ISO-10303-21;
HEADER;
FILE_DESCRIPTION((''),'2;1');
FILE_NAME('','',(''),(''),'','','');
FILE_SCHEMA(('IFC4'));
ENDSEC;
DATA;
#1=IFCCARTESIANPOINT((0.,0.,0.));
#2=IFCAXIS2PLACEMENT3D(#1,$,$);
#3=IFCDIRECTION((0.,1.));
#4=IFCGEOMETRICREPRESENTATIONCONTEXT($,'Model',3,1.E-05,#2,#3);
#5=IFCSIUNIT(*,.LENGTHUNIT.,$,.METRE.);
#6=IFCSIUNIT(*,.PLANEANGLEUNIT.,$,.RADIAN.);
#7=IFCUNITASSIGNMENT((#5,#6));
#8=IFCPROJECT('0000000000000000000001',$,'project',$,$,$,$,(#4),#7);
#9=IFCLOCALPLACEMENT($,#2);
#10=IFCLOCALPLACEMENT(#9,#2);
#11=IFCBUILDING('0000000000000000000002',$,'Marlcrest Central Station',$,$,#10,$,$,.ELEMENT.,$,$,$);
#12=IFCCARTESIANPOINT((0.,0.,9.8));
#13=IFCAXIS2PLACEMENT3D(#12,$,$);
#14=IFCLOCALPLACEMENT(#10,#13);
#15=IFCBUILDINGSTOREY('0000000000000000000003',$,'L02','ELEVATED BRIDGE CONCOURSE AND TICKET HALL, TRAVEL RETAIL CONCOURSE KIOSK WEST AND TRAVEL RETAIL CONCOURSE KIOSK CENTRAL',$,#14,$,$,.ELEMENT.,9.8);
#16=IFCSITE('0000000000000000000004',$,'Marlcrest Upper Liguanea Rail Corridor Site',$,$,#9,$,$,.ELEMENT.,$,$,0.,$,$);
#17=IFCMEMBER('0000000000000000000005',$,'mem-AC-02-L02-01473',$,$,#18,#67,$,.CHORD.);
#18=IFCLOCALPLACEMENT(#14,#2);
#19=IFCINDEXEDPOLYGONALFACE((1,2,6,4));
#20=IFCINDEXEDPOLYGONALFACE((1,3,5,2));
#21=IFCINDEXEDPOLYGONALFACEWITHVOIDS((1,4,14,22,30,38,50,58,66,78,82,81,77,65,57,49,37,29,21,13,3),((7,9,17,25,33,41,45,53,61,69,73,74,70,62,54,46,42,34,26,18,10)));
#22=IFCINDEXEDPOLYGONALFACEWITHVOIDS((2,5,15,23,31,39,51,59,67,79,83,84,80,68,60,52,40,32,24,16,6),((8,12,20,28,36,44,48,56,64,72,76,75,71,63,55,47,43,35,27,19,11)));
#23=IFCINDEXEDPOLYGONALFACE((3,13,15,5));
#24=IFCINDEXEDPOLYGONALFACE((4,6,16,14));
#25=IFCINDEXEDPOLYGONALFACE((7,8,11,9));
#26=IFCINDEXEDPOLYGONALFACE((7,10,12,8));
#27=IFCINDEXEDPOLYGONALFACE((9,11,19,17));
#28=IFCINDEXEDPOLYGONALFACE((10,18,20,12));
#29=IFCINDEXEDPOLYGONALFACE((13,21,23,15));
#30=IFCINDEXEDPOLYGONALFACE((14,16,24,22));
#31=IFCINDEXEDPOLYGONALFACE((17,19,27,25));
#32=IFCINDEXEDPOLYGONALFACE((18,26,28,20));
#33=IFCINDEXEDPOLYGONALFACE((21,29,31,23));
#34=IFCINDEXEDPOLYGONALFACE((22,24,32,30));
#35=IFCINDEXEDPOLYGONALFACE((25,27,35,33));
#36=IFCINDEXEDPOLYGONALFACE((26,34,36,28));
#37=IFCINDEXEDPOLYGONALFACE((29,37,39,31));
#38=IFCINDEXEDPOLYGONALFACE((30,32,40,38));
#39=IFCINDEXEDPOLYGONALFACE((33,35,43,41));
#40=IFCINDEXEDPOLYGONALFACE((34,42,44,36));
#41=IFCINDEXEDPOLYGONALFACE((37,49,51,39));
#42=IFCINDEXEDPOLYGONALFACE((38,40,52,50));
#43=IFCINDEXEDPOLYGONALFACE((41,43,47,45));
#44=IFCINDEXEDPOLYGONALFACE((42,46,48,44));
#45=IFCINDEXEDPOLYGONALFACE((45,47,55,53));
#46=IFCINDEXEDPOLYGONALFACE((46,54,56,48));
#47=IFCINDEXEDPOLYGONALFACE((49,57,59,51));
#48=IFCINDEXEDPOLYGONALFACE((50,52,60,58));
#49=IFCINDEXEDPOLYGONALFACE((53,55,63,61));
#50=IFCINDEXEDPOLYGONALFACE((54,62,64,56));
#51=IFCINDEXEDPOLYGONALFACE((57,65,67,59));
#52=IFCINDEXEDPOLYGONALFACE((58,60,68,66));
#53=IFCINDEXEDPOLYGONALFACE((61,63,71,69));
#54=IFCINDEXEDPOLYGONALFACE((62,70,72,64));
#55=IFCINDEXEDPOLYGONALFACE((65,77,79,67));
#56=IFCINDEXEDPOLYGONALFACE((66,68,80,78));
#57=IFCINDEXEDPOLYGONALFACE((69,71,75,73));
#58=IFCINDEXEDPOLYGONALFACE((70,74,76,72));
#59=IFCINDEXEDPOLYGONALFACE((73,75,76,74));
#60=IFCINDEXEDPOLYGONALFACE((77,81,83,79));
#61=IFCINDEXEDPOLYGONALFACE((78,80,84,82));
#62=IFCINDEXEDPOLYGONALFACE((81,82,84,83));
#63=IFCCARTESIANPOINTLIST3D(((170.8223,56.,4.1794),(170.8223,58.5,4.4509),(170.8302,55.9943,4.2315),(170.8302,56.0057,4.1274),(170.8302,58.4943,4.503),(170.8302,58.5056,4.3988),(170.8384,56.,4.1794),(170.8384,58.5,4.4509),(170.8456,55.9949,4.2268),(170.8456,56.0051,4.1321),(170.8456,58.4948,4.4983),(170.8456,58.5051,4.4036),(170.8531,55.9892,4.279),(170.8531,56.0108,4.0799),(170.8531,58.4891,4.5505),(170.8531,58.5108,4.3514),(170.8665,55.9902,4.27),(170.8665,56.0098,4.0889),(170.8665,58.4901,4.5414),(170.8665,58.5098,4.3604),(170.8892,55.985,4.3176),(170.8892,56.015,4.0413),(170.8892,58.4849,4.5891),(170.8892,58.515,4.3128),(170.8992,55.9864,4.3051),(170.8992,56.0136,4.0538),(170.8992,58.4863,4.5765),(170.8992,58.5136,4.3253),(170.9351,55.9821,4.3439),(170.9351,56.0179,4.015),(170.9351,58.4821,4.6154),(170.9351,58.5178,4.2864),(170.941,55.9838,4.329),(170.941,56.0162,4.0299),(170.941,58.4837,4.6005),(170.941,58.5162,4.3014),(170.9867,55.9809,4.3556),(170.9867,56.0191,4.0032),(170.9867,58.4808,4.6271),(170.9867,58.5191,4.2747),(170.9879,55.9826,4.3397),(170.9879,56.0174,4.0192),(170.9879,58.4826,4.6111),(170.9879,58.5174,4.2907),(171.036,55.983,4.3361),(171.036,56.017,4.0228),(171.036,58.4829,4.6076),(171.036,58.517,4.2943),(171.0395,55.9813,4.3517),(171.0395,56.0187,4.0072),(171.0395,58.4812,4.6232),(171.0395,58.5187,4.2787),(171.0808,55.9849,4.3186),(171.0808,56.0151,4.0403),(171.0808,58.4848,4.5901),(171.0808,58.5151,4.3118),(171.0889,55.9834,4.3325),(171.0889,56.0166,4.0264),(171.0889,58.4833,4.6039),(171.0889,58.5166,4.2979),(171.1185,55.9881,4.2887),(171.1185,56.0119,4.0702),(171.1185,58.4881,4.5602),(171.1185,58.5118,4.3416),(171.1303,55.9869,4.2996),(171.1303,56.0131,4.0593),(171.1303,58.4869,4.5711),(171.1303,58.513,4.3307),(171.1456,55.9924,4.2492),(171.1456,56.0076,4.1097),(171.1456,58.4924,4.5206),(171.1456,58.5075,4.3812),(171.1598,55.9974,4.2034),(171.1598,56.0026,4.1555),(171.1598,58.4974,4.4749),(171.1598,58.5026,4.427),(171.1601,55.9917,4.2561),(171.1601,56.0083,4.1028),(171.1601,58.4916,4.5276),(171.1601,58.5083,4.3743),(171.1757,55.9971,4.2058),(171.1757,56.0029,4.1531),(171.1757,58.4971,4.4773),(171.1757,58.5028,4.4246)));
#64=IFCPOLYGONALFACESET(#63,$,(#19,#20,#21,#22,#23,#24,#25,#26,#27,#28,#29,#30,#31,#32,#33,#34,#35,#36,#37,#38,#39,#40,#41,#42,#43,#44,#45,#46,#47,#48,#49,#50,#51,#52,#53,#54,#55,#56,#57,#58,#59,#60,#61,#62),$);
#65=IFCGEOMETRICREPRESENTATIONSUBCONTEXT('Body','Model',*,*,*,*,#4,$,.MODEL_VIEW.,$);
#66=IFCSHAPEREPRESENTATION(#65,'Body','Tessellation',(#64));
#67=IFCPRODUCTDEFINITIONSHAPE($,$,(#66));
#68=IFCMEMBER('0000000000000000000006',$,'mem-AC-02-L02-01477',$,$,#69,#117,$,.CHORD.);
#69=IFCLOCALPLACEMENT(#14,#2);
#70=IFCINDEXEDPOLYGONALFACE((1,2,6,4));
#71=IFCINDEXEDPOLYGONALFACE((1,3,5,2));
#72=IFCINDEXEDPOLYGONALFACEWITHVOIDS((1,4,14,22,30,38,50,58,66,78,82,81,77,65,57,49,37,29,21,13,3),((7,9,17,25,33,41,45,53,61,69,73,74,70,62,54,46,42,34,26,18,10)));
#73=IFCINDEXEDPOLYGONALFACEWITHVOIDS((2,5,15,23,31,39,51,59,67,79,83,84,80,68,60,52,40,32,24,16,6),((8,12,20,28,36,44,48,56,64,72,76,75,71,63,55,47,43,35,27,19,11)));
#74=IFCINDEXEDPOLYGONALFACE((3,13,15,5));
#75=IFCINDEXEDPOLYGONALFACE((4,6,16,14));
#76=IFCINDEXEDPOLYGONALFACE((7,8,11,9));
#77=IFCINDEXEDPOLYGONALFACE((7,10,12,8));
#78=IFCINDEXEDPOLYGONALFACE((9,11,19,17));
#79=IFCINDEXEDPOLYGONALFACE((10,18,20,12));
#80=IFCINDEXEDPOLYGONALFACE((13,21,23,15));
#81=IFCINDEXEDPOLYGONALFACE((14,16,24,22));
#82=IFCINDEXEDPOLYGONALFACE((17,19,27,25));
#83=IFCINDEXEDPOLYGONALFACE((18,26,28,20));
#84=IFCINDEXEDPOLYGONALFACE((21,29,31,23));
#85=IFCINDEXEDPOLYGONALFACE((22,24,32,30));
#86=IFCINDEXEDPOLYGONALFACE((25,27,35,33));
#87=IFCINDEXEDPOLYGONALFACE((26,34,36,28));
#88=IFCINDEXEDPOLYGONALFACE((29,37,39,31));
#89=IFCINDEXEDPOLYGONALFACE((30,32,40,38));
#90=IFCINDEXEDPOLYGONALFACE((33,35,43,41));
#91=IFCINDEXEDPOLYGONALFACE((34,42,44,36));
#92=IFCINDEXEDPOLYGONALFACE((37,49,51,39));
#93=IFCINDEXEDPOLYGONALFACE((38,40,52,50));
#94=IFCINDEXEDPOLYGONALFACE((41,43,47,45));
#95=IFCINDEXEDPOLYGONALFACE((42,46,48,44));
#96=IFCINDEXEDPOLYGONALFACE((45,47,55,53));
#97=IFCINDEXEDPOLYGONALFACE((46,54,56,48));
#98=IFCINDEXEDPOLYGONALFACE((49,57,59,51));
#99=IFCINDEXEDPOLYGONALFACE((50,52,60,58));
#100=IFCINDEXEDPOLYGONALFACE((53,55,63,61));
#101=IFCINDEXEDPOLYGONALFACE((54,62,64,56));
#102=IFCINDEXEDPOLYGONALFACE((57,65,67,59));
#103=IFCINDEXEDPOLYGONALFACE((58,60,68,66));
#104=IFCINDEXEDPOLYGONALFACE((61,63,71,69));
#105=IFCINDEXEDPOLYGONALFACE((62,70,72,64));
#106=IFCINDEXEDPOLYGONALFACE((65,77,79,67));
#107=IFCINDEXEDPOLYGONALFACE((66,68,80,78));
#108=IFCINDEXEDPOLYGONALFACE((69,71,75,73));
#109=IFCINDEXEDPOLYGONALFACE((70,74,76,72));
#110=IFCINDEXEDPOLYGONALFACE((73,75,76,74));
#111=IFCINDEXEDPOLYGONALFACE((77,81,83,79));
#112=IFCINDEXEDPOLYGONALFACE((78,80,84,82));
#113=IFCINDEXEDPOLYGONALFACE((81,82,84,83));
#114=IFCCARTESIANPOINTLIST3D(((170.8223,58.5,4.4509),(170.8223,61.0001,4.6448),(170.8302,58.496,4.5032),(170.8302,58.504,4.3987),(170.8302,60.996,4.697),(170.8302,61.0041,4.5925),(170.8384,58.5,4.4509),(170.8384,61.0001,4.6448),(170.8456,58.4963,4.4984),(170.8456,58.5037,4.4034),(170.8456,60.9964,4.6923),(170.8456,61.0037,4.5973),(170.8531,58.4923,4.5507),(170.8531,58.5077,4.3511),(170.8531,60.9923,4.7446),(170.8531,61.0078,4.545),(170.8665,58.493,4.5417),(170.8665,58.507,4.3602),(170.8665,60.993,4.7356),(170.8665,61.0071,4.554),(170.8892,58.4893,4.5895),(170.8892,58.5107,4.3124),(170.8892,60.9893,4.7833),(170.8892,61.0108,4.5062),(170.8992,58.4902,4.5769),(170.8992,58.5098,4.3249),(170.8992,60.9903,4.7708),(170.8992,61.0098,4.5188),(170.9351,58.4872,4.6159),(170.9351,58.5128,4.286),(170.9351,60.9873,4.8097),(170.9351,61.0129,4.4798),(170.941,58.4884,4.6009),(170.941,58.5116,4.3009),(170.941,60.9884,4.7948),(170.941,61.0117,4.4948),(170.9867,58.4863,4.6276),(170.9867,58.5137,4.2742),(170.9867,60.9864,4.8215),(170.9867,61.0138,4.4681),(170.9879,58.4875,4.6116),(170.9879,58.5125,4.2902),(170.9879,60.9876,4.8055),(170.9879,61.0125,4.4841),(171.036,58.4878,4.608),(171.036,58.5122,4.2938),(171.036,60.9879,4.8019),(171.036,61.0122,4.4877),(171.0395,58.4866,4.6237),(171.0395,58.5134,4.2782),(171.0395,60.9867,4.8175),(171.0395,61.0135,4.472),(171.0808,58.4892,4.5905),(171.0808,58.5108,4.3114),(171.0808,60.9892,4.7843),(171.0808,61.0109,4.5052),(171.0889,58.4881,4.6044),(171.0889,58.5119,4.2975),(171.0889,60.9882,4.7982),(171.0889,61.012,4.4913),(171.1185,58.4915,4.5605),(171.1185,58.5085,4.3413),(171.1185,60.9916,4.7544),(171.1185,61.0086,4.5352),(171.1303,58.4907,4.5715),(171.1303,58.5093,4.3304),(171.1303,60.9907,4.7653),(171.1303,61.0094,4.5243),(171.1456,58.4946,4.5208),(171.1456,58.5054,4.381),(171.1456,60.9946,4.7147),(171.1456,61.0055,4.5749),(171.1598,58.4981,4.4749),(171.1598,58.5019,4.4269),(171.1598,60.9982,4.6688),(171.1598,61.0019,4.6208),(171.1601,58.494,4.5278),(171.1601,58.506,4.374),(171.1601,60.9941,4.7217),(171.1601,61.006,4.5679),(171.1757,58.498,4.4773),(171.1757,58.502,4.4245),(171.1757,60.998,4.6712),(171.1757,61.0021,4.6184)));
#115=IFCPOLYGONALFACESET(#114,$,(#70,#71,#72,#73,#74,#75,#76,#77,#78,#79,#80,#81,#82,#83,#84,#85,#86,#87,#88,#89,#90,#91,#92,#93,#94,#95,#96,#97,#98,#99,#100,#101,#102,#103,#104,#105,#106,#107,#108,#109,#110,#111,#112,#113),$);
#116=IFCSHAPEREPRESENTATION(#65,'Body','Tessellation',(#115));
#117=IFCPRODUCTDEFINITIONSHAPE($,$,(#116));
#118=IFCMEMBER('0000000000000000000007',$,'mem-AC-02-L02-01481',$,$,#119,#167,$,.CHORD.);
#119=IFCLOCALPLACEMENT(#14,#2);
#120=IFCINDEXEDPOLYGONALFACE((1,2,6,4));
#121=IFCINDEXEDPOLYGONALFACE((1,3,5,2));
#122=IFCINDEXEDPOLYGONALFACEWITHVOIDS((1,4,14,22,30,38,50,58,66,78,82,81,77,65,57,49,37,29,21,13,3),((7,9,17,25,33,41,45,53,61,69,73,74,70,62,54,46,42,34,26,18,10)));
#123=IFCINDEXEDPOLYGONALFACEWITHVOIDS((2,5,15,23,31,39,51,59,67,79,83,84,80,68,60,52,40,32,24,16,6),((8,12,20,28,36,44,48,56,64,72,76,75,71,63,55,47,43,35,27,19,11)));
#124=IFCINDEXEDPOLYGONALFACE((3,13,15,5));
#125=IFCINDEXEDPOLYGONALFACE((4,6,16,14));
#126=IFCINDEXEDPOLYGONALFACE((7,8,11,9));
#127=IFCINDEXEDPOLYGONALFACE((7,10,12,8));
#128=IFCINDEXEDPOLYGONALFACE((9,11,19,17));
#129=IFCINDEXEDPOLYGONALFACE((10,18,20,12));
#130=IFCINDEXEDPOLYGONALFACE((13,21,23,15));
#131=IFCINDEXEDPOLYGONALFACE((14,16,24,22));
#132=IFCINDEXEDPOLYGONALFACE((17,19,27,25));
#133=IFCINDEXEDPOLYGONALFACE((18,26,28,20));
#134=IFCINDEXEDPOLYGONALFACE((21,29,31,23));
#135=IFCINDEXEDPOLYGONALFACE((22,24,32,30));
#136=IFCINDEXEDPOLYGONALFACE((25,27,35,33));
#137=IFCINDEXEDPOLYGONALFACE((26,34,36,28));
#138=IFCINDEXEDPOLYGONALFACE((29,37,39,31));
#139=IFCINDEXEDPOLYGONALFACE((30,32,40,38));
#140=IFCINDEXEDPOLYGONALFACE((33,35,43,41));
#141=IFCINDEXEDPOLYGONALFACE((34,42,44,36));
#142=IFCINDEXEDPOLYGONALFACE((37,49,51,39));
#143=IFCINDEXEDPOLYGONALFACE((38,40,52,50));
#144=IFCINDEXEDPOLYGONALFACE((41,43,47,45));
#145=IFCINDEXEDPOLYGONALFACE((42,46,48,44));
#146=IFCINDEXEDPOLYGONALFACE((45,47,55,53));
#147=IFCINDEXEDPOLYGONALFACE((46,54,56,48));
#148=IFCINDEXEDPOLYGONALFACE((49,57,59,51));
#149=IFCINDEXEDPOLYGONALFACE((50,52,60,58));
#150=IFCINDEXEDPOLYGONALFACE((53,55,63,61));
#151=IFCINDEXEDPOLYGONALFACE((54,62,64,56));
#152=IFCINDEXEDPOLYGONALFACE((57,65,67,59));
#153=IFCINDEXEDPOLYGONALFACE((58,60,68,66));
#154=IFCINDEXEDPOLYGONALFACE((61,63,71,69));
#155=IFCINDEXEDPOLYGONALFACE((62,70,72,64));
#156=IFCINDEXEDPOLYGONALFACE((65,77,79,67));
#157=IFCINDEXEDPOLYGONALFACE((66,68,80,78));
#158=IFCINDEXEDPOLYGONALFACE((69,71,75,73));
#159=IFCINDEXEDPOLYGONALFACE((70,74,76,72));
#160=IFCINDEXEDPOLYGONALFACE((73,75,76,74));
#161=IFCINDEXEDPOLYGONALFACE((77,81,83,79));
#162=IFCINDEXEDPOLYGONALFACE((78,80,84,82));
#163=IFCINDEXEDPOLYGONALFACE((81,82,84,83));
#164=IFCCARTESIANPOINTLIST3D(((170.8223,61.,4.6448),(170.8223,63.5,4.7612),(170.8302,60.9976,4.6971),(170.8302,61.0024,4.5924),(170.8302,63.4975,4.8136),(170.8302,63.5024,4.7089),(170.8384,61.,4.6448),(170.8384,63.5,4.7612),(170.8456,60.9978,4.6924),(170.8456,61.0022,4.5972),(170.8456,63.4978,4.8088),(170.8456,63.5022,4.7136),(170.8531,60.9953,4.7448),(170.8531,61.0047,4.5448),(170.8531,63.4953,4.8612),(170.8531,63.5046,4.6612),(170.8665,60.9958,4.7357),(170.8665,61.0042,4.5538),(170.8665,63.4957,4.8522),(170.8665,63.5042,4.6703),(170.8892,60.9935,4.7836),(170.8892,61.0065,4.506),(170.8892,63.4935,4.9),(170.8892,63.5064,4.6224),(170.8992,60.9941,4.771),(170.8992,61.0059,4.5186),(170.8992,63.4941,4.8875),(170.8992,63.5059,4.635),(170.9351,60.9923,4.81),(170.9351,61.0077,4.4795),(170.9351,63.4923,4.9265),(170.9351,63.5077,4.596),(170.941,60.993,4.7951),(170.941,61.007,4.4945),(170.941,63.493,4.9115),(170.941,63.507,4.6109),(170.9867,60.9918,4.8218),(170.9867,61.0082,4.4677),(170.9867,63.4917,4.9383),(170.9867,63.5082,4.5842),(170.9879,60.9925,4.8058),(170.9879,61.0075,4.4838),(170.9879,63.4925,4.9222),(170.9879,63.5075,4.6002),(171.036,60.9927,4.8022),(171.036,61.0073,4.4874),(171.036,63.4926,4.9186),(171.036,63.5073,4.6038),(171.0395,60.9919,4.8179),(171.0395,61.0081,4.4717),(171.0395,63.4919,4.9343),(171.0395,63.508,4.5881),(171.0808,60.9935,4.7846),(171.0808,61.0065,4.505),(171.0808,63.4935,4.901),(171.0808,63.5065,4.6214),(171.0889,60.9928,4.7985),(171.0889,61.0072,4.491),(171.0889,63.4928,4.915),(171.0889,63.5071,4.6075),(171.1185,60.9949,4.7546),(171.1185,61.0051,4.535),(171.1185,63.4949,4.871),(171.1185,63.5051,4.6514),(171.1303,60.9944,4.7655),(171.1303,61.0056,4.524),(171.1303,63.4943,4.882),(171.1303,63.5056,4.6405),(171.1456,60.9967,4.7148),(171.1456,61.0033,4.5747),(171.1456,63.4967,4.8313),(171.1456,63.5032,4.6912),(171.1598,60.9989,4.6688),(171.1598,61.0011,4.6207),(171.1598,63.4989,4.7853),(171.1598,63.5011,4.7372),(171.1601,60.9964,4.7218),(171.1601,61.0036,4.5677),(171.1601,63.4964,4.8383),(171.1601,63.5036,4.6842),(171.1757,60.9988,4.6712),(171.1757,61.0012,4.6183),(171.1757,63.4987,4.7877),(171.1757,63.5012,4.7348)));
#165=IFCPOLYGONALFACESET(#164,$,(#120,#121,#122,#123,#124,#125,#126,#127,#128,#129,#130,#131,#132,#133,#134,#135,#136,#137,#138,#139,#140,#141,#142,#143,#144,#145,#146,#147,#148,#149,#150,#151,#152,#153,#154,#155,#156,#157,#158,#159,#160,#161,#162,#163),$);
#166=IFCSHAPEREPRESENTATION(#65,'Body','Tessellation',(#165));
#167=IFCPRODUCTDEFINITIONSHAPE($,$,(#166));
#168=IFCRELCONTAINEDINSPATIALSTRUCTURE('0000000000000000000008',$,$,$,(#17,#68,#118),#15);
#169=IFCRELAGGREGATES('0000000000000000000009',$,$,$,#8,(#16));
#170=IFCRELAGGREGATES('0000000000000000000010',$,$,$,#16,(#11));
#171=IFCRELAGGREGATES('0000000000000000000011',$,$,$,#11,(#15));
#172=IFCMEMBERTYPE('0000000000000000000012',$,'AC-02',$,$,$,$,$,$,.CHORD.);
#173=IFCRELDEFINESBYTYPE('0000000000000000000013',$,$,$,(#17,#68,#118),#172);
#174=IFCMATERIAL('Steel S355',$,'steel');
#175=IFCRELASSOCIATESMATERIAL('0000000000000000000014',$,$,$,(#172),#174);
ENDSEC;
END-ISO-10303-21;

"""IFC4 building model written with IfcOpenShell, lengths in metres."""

from ifc_helpers import new_model, si_unit, direction, frame, origin, origin_2d, place, context, subcontext, project, spatial, hollow_circle, extrude, material, material_profile, profile_set, type_object, element, save


model = new_model("IFC4")

# Units and contexts
model_context = context("Model", 3, precision=1e-05, world=origin(), true_north=direction((0.0, 1.0)))
body_context = subcontext(model_context, "Body", "Model", "MODEL_VIEW")
ifc_project = project(units=[si_unit("LENGTHUNIT", "METRE"), si_unit("PLANEANGLEUNIT", "RADIAN")], contexts=[model_context])

# Site, building, storey
site_placement = place(None, origin())
site = spatial("IfcSite", under=ifc_project, at=site_placement, Name="Marlcrest Upper Liguanea Rail Corridor Site", CompositionType="ELEMENT", RefElevation=0.0)
building_placement = place(site_placement, origin())
building = spatial("IfcBuilding", under=site, at=building_placement, Name="Marlcrest Central Station", CompositionType="ELEMENT")
storey_placement = place(building_placement, frame((0.0, 0.0, 9.8)))
storey = spatial("IfcBuildingStorey", under=building, at=storey_placement, Name="L02", Description="ELEVATED BRIDGE CONCOURSE AND TICKET HALL, TRAVEL RETAIL CONCOURSE KIOSK WEST AND TRAVEL RETAIL CONCOURSE KIOSK CENTRAL", CompositionType="ELEMENT", Elevation=9.8)

# Members
ifc_material = material(Name="Steel S355", Category="steel")
ifc_material_profile_1 = material_profile(ifc_material, hollow_circle(Radius=0.1777, WallThickness=0.0161, at=origin_2d()), Name="CHS 355.6x16")
ifc_profile_set_1 = profile_set([ifc_material_profile_1], Name="Steel S355")
member_type_1 = type_object("IfcMemberType", Name="AC-02", PredefinedType="CHORD", material=ifc_profile_set_1)
member_1_placement = place(storey_placement, frame((171.0, 56.0, 4.1794), z_axis=(0.0, 0.994155, 0.107959), x_axis=(-1.0, 0.0, 0.0)))
element("IfcMember", 1, at=member_1_placement, inside=storey, type_object=member_type_1, Name="mem-AC-02-L02-01473", PredefinedType="CHORD", context=body_context, shape_type="SweptSolid", body=[
    extrude(hollow_circle(Radius=0.1777, WallThickness=0.0161, at=origin_2d()), origin(), (0.0, 0.0, 1.0), 2.5146),
])
member_2_placement = place(storey_placement, frame((171.0, 58.5, 4.4509), z_axis=(0.0, 0.997007, 0.077307), x_axis=(-1.0, 0.0, 0.0)))
element("IfcMember", 2, at=member_2_placement, inside=storey, type_object=member_type_1, Name="mem-AC-02-L02-01477", PredefinedType="CHORD", context=body_context, shape_type="SweptSolid", body=[
    extrude(hollow_circle(Radius=0.1777, WallThickness=0.0161, at=origin_2d()), origin(), (0.0, 0.0, 1.0), 2.5076),
])
member_3_placement = place(storey_placement, frame((171.0, 61.0, 4.6448), z_axis=(0.0, 0.998917, 0.046532), x_axis=(-1.0, 0.0, 0.0)))
element("IfcMember", 3, at=member_3_placement, inside=storey, type_object=member_type_1, Name="mem-AC-02-L02-01481", PredefinedType="CHORD", context=body_context, shape_type="SweptSolid", body=[
    extrude(hollow_circle(Radius=0.1777, WallThickness=0.0161, at=origin_2d()), origin(), (0.0, 0.0, 1.0), 2.5027),
])

save(model, "model.ifc")
